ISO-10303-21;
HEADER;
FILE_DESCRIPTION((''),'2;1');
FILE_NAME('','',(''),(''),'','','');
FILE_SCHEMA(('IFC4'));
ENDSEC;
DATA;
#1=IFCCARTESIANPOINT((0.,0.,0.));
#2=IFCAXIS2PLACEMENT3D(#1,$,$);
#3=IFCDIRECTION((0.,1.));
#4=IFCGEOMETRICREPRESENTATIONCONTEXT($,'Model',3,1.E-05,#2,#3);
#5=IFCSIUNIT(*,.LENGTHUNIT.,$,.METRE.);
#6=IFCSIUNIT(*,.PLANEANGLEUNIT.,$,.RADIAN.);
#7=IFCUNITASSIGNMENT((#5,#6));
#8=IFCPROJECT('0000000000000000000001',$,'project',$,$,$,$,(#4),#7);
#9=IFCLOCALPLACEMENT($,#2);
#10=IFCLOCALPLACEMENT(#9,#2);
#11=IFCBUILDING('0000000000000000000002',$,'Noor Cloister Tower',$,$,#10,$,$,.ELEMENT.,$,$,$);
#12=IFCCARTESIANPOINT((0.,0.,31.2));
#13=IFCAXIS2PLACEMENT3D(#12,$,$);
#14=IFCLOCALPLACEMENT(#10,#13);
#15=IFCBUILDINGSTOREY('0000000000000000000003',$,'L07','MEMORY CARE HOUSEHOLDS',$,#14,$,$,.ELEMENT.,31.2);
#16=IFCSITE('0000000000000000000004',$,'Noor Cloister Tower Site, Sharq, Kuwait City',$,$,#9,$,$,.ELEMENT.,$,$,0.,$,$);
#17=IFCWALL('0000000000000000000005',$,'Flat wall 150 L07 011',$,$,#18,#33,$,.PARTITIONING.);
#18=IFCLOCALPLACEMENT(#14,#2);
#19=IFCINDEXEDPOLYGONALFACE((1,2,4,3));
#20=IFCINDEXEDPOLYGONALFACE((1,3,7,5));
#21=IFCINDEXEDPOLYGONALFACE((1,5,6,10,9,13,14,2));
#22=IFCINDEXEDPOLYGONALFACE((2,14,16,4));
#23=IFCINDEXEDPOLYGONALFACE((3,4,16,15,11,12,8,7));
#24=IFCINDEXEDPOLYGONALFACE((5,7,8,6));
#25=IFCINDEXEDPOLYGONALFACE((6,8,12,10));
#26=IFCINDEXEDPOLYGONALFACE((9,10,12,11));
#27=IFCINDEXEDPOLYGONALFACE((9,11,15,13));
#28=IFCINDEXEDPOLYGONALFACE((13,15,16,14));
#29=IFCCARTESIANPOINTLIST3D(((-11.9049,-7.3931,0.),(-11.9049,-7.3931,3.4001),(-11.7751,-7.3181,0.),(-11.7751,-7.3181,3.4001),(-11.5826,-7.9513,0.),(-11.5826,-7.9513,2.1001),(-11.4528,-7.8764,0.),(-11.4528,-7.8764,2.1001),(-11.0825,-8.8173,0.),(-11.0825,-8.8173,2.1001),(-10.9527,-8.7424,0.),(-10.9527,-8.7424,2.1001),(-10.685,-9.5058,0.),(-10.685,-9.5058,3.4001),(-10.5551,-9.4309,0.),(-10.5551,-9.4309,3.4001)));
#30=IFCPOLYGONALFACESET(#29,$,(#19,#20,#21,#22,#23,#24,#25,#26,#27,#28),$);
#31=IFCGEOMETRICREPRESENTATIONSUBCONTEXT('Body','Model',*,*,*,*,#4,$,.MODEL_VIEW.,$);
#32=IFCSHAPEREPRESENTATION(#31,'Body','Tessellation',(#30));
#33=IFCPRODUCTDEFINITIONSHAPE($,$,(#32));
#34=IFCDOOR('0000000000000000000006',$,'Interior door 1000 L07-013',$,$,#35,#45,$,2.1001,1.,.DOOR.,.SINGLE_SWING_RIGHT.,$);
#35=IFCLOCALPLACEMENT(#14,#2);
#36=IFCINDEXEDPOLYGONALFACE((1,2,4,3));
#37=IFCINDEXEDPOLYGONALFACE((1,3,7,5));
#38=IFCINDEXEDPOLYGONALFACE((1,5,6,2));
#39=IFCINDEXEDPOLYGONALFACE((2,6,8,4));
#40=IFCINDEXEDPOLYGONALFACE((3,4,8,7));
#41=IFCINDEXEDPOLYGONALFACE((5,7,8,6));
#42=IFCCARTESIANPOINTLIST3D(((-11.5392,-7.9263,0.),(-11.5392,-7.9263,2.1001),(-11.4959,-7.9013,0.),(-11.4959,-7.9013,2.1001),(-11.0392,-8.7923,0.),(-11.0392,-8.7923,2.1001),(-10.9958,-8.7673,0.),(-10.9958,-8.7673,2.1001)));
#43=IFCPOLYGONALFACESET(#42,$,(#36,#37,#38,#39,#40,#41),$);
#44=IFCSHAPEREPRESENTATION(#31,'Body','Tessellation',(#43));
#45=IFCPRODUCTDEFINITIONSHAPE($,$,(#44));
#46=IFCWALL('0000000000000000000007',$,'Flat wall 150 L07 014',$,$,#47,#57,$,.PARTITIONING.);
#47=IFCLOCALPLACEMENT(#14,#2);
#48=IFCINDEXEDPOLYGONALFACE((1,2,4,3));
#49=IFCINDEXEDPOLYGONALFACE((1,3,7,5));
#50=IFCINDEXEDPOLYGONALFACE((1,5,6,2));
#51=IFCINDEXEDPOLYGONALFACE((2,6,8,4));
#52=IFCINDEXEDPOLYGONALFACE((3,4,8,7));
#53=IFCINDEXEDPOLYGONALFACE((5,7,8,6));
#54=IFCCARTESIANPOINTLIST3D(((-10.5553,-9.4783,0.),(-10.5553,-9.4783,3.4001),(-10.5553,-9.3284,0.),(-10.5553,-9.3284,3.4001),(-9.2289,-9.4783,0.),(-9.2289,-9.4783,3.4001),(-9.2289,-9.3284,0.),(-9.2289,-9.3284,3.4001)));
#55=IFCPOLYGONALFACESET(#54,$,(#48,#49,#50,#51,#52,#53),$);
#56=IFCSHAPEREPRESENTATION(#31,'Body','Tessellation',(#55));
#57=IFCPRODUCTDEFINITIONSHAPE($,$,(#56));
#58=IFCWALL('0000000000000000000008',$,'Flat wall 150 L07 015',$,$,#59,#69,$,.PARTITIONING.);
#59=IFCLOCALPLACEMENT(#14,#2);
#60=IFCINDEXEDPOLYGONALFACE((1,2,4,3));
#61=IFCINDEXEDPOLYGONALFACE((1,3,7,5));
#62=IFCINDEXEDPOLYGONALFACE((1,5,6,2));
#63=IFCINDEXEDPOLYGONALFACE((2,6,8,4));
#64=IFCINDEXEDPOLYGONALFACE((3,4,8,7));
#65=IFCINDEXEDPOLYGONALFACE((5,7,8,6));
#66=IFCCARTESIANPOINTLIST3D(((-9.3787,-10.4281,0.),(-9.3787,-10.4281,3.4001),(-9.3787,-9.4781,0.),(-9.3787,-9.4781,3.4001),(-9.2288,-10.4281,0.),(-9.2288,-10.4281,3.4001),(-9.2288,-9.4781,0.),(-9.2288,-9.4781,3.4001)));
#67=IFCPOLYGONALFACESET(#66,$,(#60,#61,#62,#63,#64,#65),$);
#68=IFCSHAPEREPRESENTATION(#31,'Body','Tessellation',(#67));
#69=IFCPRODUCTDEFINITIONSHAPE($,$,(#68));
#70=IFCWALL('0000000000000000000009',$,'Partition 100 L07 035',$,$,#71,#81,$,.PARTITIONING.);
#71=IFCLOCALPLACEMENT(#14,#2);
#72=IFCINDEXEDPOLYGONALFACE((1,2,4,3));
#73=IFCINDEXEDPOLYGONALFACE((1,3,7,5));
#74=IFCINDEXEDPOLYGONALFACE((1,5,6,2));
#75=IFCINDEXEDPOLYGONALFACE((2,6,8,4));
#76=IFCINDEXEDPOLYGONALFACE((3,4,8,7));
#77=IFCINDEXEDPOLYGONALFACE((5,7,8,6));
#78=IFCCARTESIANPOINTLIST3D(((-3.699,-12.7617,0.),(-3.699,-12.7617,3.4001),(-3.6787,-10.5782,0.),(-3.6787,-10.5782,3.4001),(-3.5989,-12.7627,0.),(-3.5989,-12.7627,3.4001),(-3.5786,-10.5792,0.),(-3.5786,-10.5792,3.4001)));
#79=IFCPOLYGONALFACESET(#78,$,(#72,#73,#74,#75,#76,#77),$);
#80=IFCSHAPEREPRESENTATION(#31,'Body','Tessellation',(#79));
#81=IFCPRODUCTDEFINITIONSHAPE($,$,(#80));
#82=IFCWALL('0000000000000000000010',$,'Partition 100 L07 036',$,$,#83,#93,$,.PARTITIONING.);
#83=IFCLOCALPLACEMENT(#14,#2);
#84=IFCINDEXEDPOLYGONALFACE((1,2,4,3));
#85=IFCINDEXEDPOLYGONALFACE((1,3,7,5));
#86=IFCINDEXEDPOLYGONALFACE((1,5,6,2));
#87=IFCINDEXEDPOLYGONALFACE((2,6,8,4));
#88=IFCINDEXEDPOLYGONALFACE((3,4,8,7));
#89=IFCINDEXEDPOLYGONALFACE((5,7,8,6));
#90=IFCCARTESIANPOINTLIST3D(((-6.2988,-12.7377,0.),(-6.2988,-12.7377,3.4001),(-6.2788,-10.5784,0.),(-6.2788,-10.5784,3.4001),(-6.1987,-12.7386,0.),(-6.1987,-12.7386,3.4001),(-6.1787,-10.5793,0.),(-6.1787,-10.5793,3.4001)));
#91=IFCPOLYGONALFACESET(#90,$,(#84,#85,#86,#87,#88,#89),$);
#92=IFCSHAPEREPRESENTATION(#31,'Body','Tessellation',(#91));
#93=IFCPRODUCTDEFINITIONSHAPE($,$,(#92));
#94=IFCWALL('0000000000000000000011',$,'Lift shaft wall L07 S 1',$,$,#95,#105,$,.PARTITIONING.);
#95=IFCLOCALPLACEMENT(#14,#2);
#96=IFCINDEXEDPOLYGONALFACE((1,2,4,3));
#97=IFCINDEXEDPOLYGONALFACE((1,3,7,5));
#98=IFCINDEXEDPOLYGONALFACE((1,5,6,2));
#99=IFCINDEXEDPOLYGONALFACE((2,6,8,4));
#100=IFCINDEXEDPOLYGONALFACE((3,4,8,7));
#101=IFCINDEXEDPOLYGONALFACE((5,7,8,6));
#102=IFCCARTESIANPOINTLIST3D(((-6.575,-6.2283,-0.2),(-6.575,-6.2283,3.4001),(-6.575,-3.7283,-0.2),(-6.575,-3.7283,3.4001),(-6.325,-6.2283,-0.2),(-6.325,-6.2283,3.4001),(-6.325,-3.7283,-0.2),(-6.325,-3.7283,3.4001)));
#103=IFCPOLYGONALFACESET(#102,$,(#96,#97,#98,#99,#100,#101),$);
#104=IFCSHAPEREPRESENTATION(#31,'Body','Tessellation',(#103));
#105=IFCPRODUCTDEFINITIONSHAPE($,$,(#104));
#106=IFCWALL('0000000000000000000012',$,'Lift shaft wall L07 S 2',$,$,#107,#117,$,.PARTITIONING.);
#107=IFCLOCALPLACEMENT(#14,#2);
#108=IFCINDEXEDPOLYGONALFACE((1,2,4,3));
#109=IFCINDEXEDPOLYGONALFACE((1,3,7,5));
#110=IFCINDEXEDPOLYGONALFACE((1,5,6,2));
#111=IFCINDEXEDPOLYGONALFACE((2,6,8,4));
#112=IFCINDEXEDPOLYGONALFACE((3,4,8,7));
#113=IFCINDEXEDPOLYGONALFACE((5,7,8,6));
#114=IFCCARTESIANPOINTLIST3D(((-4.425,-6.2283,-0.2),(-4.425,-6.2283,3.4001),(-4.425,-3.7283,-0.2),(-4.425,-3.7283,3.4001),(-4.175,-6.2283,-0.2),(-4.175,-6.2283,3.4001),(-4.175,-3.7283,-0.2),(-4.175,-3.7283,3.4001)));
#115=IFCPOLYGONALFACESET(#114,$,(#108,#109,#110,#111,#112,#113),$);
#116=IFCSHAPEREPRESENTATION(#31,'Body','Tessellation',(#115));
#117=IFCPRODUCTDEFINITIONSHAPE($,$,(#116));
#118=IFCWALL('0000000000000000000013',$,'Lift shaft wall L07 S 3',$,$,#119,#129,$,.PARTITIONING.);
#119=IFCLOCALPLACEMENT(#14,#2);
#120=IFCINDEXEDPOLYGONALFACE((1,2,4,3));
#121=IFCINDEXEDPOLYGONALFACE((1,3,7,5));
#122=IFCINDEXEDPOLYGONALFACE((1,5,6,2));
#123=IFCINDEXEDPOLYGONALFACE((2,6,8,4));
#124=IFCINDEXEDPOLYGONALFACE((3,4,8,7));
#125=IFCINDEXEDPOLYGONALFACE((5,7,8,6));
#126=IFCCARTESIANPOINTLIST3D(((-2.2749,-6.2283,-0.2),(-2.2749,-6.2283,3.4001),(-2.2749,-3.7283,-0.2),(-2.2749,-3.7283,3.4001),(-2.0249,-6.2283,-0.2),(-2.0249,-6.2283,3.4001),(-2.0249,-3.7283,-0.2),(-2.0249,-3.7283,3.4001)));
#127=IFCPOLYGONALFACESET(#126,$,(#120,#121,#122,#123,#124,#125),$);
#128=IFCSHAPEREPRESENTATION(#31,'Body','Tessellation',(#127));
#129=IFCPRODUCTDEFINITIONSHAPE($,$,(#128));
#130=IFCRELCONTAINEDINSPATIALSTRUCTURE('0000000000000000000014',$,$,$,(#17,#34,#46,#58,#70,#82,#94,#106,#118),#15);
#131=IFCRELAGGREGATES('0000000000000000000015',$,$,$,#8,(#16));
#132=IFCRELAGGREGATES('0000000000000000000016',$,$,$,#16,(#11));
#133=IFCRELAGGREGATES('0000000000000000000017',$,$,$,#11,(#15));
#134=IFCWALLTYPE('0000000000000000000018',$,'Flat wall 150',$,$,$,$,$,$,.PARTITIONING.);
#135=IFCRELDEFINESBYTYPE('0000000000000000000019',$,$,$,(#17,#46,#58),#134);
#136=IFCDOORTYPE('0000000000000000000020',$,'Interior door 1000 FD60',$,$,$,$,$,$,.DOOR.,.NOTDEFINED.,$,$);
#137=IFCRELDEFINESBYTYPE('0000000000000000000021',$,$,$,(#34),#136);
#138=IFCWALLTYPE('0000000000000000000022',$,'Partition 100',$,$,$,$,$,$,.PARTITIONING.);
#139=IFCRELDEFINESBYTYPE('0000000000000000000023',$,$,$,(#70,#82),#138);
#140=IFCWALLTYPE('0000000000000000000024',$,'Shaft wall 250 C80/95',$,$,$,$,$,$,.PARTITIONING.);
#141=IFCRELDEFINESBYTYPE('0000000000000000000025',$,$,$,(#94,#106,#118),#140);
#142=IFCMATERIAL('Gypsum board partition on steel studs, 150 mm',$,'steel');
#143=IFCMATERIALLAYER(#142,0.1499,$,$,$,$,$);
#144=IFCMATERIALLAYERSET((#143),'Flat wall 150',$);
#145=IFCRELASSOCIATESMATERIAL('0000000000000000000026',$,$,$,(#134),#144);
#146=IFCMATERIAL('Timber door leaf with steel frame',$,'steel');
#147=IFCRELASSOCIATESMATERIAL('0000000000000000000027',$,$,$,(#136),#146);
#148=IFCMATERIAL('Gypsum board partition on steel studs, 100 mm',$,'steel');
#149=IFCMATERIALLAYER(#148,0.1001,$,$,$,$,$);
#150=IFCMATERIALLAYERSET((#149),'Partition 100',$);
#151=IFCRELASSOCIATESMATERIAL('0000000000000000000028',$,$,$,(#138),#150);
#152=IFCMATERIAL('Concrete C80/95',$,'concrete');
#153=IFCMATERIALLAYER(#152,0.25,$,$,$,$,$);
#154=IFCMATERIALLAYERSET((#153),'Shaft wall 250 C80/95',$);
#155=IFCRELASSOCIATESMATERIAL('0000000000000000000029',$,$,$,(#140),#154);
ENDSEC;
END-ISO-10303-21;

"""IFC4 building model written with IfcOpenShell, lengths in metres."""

from ifc_helpers import new_model, si_unit, direction, frame, frame_2d, origin, place, context, subcontext, project, spatial, rectangle, extrude, material, layer, layer_set, type_object, element, fill, save


model = new_model("IFC4")

# Units and contexts
model_context = context("Model", 3, precision=1e-05, world=origin(), true_north=direction((0.0, 1.0)))
body_context = subcontext(model_context, "Body", "Model", "MODEL_VIEW")
ifc_project = project(units=[si_unit("LENGTHUNIT", "METRE"), si_unit("PLANEANGLEUNIT", "RADIAN")], contexts=[model_context])

# Site, building, storey
site_placement = place(None, origin())
site = spatial("IfcSite", under=ifc_project, at=site_placement, Name="Noor Cloister Tower Site, Sharq, Kuwait City", CompositionType="ELEMENT", RefElevation=0.0)
building_placement = place(site_placement, origin())
building = spatial("IfcBuilding", under=site, at=building_placement, Name="Noor Cloister Tower", CompositionType="ELEMENT")
storey_placement = place(building_placement, frame((0.0, 0.0, 31.2)))
storey = spatial("IfcBuildingStorey", under=building, at=storey_placement, Name="L07", Description="MEMORY CARE HOUSEHOLDS", CompositionType="ELEMENT", Elevation=31.2)

# Wall, opening, door
ifc_material_1 = material(Name="Gypsum board partition on steel studs, 150 mm", Category="steel")
ifc_layer_1 = layer(ifc_material_1, 0.1499)
ifc_layer_set_1 = layer_set([ifc_layer_1], Name="Flat wall 150")
wall_type_1 = type_object("IfcWallType", Name="Flat wall 150", PredefinedType="PARTITIONING", material=ifc_layer_set_1)
wall_1_placement = place(storey_placement, frame((-10.6201, -9.4683, 0.0), z_axis=(0.0, 0.0, 1.0), x_axis=(-0.500046, 0.865999, 0.0)))
wall_1 = element("IfcWall", 1, at=wall_1_placement, inside=storey, type_object=wall_type_1, Name="Flat wall 150 L07 011", PredefinedType="PARTITIONING", context=body_context, shape_type="SweptSolid", body=[
    extrude(rectangle(XDim=2.4397, YDim=0.1499, at=frame_2d((1.2197, 0.0))), origin(), (0.0, 0.0, 1.0), 3.4001),
])
opening_1_placement = place(wall_1_placement, frame((0.7949, 0.0, 0.0)))
opening_1 = element("IfcOpeningElement", 2, at=opening_1_placement, cuts=wall_1, PredefinedType="OPENING", context=body_context, shape_type="SweptSolid", body=[
    extrude(rectangle(XDim=1.0, YDim=2.1001, at=frame_2d((0.5, 1.05))), frame((0.0, 0.085, 0.0), z_axis=(0.0, -1.0, 0.0), x_axis=(1.0, 0.0, 0.0)), (0.0, 0.0, 1.0), 0.1699),
])
ifc_material_2 = material(Name="Timber door leaf with steel frame", Category="steel")
door_type_1 = type_object("IfcDoorType", Name="Interior door 1000 FD60", OperationType="NOTDEFINED", PredefinedType="DOOR", material=ifc_material_2)
door_1_placement = place(opening_1_placement, origin())
door_1 = element("IfcDoor", 3, at=door_1_placement, inside=storey, type_object=door_type_1, Name="Interior door 1000 L07-013", OperationType="SINGLE_SWING_RIGHT", OverallHeight=2.1001, OverallWidth=1.0, PredefinedType="DOOR", context=body_context, shape_type="SweptSolid", body=[
    extrude(rectangle(XDim=1.0, YDim=2.1001, at=frame_2d((0.5, 1.05))), frame((0.0, 0.0249, 0.0), z_axis=(0.0, -1.0, 0.0), x_axis=(1.0, 0.0, 0.0)), (0.0, 0.0, 1.0), 0.05),
])
fill(opening_1, door_1)

# Walls
wall_2_placement = place(storey_placement, frame((-10.5552, -9.4033, 0.0), z_axis=(0.0, 0.0, 1.0), x_axis=(1.0, 0.0, 0.0)))
element("IfcWall", 4, at=wall_2_placement, inside=storey, type_object=wall_type_1, Name="Flat wall 150 L07 014", PredefinedType="PARTITIONING", context=body_context, shape_type="SweptSolid", body=[
    extrude(rectangle(XDim=1.3264, YDim=0.1499, at=frame_2d((0.6631, 0.0))), origin(), (0.0, 0.0, 1.0), 3.4001),
])
wall_3_placement = place(storey_placement, frame((-9.3037, -10.4282, 0.0), z_axis=(0.0, 0.0, 1.0), x_axis=(0.0, 1.0, 0.0)))
element("IfcWall", 5, at=wall_3_placement, inside=storey, type_object=wall_type_1, Name="Flat wall 150 L07 015", PredefinedType="PARTITIONING", context=body_context, shape_type="SweptSolid", body=[
    extrude(rectangle(XDim=0.95, YDim=0.1499, at=frame_2d((0.4751, 0.0))), origin(), (0.0, 0.0, 1.0), 3.4001),
])
ifc_material_3 = material(Name="Gypsum board partition on steel studs, 100 mm", Category="steel")
ifc_layer_2 = layer(ifc_material_3, 0.1001)
ifc_layer_set_2 = layer_set([ifc_layer_2], Name="Partition 100")
wall_type_2 = type_object("IfcWallType", Name="Partition 100", PredefinedType="PARTITIONING", material=ifc_layer_set_2)
wall_4_placement = place(storey_placement, frame((-3.6489, -12.7622, 0.0), z_axis=(0.0, 0.0, 1.0), x_axis=(0.00928, 0.999957, 0.0)))
element("IfcWall", 6, at=wall_4_placement, inside=storey, type_object=wall_type_2, Name="Partition 100 L07 035", PredefinedType="PARTITIONING", context=body_context, shape_type="SweptSolid", body=[
    extrude(rectangle(XDim=2.1836, YDim=0.1001, at=frame_2d((1.0918, 0.0))), origin(), (0.0, 0.0, 1.0), 3.4001),
])
wall_5_placement = place(storey_placement, frame((-6.2488, -12.738, 0.0), z_axis=(0.0, 0.0, 1.0), x_axis=(0.00927, 0.999957, 0.0)))
element("IfcWall", 7, at=wall_5_placement, inside=storey, type_object=wall_type_2, Name="Partition 100 L07 036", PredefinedType="PARTITIONING", context=body_context, shape_type="SweptSolid", body=[
    extrude(rectangle(XDim=2.1594, YDim=0.1001, at=frame_2d((1.0796, 0.0))), origin(), (0.0, 0.0, 1.0), 3.4001),
])
ifc_material_4 = material(Name="Concrete C80/95", Category="concrete")
ifc_layer_3 = layer(ifc_material_4, 0.25)
ifc_layer_set_3 = layer_set([ifc_layer_3], Name="Shaft wall 250 C80/95")
wall_type_3 = type_object("IfcWallType", Name="Shaft wall 250 C80/95", PredefinedType="PARTITIONING", material=ifc_layer_set_3)
for number, where, z_axis, x_axis, name in (
    (8, (-6.45, -6.2283, -0.2), (0.0, 0.0, 1.0), (0.0, 1.0, 0.0), "Lift shaft wall L07 S 1"),
    (9, (-4.3, -6.2283, -0.2), (0.0, 0.0, 1.0), (0.0, 1.0, 0.0), "Lift shaft wall L07 S 2"),
    (10, (-2.1499, -6.2283, -0.2), (0.0, 0.0, 1.0), (0.0, 1.0, 0.0), "Lift shaft wall L07 S 3"),
):
    element("IfcWall", number, at=place(storey_placement, frame(where, z_axis=z_axis, x_axis=x_axis)), inside=storey, type_object=wall_type_3, Name=name, PredefinedType="PARTITIONING", context=body_context, shape_type="SweptSolid", body=[
        extrude(rectangle(XDim=2.5, YDim=0.25, at=frame_2d((1.25, 0.0))), origin(), (0.0, 0.0, 1.0), 3.6001),
    ])

save(model, "model.ifc")
